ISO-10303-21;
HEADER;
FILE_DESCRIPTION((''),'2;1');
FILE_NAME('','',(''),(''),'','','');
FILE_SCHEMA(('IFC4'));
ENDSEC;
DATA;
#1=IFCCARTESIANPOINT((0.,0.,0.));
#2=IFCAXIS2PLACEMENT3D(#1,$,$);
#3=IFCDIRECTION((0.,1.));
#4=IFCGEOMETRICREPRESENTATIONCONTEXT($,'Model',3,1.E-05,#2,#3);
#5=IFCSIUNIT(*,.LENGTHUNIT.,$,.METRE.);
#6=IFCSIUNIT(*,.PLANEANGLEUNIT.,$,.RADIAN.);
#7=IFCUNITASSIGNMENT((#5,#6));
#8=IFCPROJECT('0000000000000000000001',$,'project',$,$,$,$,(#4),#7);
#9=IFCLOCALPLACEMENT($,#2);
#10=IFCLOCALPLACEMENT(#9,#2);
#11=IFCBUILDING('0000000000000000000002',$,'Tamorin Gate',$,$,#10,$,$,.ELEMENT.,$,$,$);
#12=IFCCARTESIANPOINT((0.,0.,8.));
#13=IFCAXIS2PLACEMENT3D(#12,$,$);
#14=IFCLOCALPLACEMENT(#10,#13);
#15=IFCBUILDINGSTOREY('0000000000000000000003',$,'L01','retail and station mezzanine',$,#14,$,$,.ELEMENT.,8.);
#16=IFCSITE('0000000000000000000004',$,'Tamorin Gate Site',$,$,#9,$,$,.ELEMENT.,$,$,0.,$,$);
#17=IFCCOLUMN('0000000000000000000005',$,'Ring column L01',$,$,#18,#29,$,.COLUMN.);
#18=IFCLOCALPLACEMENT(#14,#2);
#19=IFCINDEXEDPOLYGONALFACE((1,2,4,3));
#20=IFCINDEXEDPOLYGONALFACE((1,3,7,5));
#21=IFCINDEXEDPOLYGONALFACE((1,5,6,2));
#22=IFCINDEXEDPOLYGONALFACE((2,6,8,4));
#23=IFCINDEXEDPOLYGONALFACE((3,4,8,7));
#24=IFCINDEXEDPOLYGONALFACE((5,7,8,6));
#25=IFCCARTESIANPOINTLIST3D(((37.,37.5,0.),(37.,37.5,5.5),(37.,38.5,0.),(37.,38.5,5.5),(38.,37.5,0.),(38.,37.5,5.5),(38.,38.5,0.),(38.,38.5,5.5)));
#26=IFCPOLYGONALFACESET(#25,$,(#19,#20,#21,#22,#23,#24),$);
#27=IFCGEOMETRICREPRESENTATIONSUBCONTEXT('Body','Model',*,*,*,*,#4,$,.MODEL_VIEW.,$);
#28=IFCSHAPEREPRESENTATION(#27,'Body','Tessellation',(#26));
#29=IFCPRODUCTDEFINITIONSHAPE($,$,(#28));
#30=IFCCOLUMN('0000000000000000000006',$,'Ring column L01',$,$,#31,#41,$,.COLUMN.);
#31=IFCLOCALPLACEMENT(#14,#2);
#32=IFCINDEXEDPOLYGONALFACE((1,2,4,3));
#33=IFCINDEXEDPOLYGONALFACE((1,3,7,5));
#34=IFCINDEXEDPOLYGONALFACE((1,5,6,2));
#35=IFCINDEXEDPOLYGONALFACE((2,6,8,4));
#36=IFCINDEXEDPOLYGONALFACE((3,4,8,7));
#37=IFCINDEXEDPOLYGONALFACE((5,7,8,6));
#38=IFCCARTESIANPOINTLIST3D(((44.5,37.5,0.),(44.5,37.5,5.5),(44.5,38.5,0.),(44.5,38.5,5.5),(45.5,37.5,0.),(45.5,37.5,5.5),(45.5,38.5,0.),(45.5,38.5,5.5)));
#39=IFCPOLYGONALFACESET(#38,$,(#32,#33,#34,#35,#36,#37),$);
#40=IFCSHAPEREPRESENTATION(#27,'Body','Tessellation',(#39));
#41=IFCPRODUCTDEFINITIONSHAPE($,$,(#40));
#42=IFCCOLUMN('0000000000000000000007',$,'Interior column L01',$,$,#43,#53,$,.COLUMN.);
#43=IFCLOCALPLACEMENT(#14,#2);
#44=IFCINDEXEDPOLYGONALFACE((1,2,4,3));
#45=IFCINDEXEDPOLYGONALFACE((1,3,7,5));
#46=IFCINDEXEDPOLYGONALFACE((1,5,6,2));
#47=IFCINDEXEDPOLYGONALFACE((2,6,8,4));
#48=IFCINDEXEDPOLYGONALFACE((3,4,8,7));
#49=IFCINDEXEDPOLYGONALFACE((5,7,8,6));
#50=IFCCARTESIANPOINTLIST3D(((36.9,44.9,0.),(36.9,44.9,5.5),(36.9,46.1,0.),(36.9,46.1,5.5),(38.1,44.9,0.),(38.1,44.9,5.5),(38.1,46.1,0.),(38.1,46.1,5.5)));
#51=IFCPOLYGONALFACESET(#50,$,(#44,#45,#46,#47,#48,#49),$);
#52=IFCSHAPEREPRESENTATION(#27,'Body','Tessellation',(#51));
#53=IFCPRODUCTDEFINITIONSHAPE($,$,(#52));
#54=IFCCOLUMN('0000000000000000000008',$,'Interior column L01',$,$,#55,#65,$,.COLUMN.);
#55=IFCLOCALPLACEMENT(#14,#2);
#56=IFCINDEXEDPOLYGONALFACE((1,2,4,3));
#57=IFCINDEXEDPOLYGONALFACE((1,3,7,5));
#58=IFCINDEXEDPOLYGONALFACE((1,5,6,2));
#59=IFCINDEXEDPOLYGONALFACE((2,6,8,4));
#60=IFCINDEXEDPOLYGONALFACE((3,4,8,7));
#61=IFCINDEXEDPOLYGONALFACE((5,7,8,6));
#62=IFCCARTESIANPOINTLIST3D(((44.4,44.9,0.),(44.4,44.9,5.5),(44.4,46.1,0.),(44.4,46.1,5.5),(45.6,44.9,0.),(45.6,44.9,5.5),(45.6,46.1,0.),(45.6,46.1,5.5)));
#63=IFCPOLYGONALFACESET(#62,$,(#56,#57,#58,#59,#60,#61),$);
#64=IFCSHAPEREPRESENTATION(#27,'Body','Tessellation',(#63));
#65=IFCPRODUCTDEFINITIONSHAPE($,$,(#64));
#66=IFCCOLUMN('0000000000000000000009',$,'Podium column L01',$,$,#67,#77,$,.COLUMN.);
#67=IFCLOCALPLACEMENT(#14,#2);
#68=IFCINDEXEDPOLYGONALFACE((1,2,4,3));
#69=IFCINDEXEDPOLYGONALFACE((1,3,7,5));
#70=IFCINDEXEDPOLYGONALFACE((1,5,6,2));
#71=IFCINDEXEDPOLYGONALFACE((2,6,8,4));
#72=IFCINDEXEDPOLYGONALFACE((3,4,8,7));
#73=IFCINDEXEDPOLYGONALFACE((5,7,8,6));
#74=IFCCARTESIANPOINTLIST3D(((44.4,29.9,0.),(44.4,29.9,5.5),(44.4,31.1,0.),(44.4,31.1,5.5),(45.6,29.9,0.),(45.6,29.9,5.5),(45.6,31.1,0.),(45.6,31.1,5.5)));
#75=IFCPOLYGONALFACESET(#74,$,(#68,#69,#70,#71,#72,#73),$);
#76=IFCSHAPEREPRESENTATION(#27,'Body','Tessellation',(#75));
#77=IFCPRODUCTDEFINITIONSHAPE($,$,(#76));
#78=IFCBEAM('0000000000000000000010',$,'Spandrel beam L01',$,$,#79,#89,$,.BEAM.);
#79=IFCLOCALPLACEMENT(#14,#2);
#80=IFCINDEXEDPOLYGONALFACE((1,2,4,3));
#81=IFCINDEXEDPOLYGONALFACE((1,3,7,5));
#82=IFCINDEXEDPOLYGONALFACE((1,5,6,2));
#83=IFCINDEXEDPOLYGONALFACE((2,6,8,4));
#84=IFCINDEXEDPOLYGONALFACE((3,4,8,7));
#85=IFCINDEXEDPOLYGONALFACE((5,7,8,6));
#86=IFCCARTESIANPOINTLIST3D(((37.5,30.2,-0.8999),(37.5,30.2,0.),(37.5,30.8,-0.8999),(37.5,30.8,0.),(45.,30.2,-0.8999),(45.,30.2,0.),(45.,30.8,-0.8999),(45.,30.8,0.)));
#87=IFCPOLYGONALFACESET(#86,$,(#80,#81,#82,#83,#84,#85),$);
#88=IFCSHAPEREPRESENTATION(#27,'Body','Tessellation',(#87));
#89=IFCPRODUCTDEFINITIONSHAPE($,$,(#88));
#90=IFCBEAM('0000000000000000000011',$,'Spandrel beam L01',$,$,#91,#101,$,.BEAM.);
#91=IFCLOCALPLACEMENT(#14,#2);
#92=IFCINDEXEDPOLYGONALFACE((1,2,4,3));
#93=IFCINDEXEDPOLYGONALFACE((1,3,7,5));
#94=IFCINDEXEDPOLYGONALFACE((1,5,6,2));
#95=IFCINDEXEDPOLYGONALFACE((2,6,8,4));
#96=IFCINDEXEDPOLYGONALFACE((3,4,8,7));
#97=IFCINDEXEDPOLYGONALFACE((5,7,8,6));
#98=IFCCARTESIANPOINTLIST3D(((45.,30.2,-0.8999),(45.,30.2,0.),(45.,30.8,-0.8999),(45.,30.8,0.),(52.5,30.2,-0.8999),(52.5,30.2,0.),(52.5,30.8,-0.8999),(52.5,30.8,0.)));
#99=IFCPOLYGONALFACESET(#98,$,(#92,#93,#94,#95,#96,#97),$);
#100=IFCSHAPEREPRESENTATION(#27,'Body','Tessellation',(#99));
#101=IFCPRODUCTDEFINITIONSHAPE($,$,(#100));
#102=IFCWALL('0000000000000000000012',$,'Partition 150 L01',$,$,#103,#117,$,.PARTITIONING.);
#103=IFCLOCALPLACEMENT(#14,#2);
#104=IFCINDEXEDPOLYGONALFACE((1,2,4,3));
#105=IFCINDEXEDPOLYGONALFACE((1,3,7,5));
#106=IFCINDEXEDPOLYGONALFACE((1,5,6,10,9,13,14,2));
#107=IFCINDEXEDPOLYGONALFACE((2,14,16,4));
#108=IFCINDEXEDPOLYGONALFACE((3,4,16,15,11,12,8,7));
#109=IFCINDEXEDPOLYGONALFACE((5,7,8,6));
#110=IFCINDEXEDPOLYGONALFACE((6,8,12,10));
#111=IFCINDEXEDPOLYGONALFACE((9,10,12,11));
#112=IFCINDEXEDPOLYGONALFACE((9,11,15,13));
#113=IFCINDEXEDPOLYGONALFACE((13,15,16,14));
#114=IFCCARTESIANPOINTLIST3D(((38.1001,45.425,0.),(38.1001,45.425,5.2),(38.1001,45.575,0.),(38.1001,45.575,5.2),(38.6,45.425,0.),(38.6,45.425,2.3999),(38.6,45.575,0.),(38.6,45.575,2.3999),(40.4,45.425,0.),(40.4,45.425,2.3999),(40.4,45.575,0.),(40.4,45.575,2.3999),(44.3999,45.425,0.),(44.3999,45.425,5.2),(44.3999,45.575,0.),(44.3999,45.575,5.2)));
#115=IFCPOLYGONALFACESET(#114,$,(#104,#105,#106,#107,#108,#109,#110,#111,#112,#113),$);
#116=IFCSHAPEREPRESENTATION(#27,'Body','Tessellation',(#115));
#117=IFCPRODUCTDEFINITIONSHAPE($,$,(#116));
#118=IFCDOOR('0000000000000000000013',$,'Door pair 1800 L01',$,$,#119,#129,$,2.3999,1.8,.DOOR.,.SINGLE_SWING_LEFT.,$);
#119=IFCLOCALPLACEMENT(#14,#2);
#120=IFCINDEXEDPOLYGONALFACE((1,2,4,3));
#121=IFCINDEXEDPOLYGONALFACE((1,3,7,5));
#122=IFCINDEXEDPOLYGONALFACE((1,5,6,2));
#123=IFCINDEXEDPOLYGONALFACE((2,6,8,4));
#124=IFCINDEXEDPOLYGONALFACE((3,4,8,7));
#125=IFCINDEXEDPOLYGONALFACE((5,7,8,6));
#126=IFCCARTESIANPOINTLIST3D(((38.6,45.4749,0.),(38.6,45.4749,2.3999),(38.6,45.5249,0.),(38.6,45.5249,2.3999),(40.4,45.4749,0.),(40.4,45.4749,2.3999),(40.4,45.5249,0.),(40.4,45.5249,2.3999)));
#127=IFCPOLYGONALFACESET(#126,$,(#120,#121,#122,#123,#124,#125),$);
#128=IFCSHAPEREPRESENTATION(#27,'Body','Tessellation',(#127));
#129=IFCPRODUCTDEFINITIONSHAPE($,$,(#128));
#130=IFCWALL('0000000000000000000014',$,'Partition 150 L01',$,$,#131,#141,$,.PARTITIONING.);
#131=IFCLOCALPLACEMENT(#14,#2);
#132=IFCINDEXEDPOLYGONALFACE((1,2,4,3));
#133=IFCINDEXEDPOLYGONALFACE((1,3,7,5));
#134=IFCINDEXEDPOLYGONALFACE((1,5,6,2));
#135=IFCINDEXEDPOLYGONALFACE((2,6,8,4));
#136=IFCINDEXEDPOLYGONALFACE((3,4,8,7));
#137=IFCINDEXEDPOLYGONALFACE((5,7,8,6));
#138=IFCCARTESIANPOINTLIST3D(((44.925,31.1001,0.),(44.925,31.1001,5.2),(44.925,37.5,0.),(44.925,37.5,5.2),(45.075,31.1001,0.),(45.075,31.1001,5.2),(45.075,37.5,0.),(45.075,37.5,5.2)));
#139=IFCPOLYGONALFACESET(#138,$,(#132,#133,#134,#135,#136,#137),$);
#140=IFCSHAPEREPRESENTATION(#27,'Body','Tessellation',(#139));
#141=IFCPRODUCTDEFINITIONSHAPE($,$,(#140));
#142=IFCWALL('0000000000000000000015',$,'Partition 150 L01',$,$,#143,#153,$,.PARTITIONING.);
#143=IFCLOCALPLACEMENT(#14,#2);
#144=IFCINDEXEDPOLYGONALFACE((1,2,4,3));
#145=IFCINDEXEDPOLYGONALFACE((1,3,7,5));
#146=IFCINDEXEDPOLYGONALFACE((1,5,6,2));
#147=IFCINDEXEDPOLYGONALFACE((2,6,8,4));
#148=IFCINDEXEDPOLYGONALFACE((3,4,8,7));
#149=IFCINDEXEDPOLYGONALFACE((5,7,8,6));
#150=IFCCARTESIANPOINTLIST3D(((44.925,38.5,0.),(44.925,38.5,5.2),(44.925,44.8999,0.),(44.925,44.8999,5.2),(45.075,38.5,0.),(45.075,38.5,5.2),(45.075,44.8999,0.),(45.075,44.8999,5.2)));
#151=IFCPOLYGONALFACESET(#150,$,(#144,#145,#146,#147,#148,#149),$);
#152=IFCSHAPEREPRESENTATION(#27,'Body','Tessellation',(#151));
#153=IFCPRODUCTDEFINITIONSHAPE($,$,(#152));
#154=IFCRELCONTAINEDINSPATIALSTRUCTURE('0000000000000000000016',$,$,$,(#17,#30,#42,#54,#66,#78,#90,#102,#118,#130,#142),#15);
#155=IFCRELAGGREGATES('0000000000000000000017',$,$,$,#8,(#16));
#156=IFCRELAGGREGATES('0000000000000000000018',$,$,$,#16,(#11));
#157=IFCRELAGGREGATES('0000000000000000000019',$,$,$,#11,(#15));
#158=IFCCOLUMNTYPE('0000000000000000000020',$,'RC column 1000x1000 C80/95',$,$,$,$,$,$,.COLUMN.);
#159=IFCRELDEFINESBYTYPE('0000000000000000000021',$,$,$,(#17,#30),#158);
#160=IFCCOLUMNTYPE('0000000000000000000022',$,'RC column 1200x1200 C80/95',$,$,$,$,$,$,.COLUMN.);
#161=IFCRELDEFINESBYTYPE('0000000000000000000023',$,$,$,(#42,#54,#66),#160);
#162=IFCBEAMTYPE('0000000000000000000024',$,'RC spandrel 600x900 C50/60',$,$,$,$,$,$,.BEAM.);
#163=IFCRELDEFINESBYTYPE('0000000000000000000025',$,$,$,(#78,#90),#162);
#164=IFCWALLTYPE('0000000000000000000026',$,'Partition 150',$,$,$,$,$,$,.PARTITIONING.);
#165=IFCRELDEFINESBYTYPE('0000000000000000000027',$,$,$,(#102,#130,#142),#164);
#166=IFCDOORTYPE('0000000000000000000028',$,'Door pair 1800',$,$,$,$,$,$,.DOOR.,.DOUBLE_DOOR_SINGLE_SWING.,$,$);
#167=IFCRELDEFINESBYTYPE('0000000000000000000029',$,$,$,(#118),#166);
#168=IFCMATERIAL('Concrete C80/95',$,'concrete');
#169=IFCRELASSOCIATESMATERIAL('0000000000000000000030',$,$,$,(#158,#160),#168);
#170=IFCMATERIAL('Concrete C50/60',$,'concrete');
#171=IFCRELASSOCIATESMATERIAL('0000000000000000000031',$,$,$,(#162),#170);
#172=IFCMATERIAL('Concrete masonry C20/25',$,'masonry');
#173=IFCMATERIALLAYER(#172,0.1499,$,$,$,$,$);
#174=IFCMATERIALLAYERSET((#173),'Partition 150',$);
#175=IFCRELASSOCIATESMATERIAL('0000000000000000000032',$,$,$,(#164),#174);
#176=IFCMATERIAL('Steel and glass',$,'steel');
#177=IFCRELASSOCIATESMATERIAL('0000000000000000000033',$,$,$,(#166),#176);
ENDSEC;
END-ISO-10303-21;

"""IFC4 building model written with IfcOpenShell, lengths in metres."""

from ifc_helpers import new_model, si_unit, direction, frame, frame_2d, origin, origin_2d, place, context, subcontext, project, spatial, rectangle, extrude, material, layer, layer_set, material_profile, profile_set, type_object, element, fill, save


model = new_model("IFC4")

# Units and contexts
model_context = context("Model", 3, precision=1e-05, world=origin(), true_north=direction((0.0, 1.0)))
body_context = subcontext(model_context, "Body", "Model", "MODEL_VIEW")
ifc_project = project(units=[si_unit("LENGTHUNIT", "METRE"), si_unit("PLANEANGLEUNIT", "RADIAN")], contexts=[model_context])

# Site, building, storey
site_placement = place(None, origin())
site = spatial("IfcSite", under=ifc_project, at=site_placement, Name="Tamorin Gate Site", CompositionType="ELEMENT", RefElevation=0.0)
building_placement = place(site_placement, origin())
building = spatial("IfcBuilding", under=site, at=building_placement, Name="Tamorin Gate", CompositionType="ELEMENT")
storey_placement = place(building_placement, frame((0.0, 0.0, 8.0)))
storey = spatial("IfcBuildingStorey", under=building, at=storey_placement, Name="L01", Description="retail and station mezzanine", CompositionType="ELEMENT", Elevation=8.0)

# Columns
ifc_material_1 = material(Name="Concrete C80/95", Category="concrete")
ifc_material_profile_1 = material_profile(ifc_material_1, rectangle(XDim=1.0, YDim=1.0, at=origin_2d()), Name="RC 1000x1000")
ifc_profile_set_1 = profile_set([ifc_material_profile_1], Name="Concrete C80/95")
column_type_1 = type_object("IfcColumnType", Name="RC column 1000x1000 C80/95", PredefinedType="COLUMN", material=ifc_profile_set_1)
for number, where, z_axis, x_axis, name in (
    (1, (37.5, 38.0, 0.0), (0.0, 0.0, 1.0), (1.0, 0.0, 0.0), "Ring column L01"),
    (2, (45.0, 38.0, 0.0), (0.0, 0.0, 1.0), (1.0, 0.0, 0.0), "Ring column L01"),
):
    element("IfcColumn", number, at=place(storey_placement, frame(where, z_axis=z_axis, x_axis=x_axis)), inside=storey, type_object=column_type_1, Name=name, PredefinedType="COLUMN", context=body_context, shape_type="SweptSolid", body=[
        extrude(rectangle(XDim=1.0, YDim=1.0, at=origin_2d()), origin(), (0.0, 0.0, 1.0), 5.5),
    ])
ifc_material_profile_2 = material_profile(ifc_material_1, rectangle(XDim=1.2, YDim=1.2, at=origin_2d()), Name="RC 1200x1200")
ifc_profile_set_2 = profile_set([ifc_material_profile_2], Name="Concrete C80/95")
column_type_2 = type_object("IfcColumnType", Name="RC column 1200x1200 C80/95", PredefinedType="COLUMN", material=ifc_profile_set_2)
for number, where, z_axis, x_axis, name in (
    (3, (37.5, 45.5, 0.0), (0.0, 0.0, 1.0), (1.0, 0.0, 0.0), "Interior column L01"),
    (4, (45.0, 45.5, 0.0), (0.0, 0.0, 1.0), (1.0, 0.0, 0.0), "Interior column L01"),
    (5, (45.0, 30.5, 0.0), (0.0, 0.0, 1.0), (1.0, 0.0, 0.0), "Podium column L01"),
):
    element("IfcColumn", number, at=place(storey_placement, frame(where, z_axis=z_axis, x_axis=x_axis)), inside=storey, type_object=column_type_2, Name=name, PredefinedType="COLUMN", context=body_context, shape_type="SweptSolid", body=[
        extrude(rectangle(XDim=1.2, YDim=1.2, at=origin_2d()), origin(), (0.0, 0.0, 1.0), 5.5),
    ])

# Beams
ifc_material_2 = material(Name="Concrete C50/60", Category="concrete")
ifc_material_profile_3 = material_profile(ifc_material_2, rectangle(XDim=0.6001, YDim=0.8999, at=origin_2d()), Name="RC 600x900")
ifc_profile_set_3 = profile_set([ifc_material_profile_3], Name="Concrete C50/60")
beam_type = type_object("IfcBeamType", Name="RC spandrel 600x900 C50/60", PredefinedType="BEAM", material=ifc_profile_set_3)
for number, where, z_axis, x_axis, name in (
    (6, (37.5, 30.5, -0.45), (1.0, 0.0, 0.0), (0.0, 1.0, 0.0), "Spandrel beam L01"),
    (7, (45.0, 30.5, -0.45), (1.0, 0.0, 0.0), (0.0, 1.0, 0.0), "Spandrel beam L01"),
):
    element("IfcBeam", number, at=place(storey_placement, frame(where, z_axis=z_axis, x_axis=x_axis)), inside=storey, type_object=beam_type, Name=name, PredefinedType="BEAM", context=body_context, shape_type="SweptSolid", body=[
        extrude(rectangle(XDim=0.6001, YDim=0.8999, at=origin_2d()), origin(), (0.0, 0.0, 1.0), 7.5),
    ])

# Wall, opening, door
ifc_material_3 = material(Name="Concrete masonry C20/25", Category="masonry")
ifc_layer_1 = layer(ifc_material_3, 0.1499)
ifc_layer_set_1 = layer_set([ifc_layer_1], Name="Partition 150")
wall_type_1 = type_object("IfcWallType", Name="Partition 150", PredefinedType="PARTITIONING", material=ifc_layer_set_1)
wall_1_placement = place(storey_placement, frame((38.1001, 45.5, 0.0), z_axis=(0.0, 0.0, 1.0), x_axis=(1.0, 0.0, 0.0)))
wall_1 = element("IfcWall", 8, at=wall_1_placement, inside=storey, type_object=wall_type_1, Name="Partition 150 L01", PredefinedType="PARTITIONING", context=body_context, shape_type="SweptSolid", body=[
    extrude(rectangle(XDim=6.2998, YDim=0.1499, at=frame_2d((3.1499, 0.0))), origin(), (0.0, 0.0, 1.0), 5.2),
])
opening_1_placement = place(wall_1_placement, frame((0.5, 0.0, 0.0)))
opening_1 = element("IfcOpeningElement", 9, at=opening_1_placement, cuts=wall_1, PredefinedType="OPENING", context=body_context, shape_type="SweptSolid", body=[
    extrude(rectangle(XDim=1.8, YDim=2.3999, at=frame_2d((0.8999, 1.2))), frame((0.0, 0.085, 0.0), z_axis=(0.0, -1.0, 0.0), x_axis=(1.0, 0.0, 0.0)), (0.0, 0.0, 1.0), 0.1699),
])
ifc_material_4 = material(Name="Steel and glass", Category="steel")
door_type = type_object("IfcDoorType", Name="Door pair 1800", OperationType="DOUBLE_DOOR_SINGLE_SWING", PredefinedType="DOOR", material=ifc_material_4)
door_placement = place(opening_1_placement, origin())
door = element("IfcDoor", 10, at=door_placement, inside=storey, type_object=door_type, Name="Door pair 1800 L01", OperationType="SINGLE_SWING_LEFT", OverallHeight=2.3999, OverallWidth=1.8, PredefinedType="DOOR", context=body_context, shape_type="SweptSolid", body=[
    extrude(rectangle(XDim=1.8, YDim=2.3999, at=frame_2d((0.8999, 1.2))), frame((0.0, 0.0249, 0.0), z_axis=(0.0, -1.0, 0.0), x_axis=(1.0, 0.0, 0.0)), (0.0, 0.0, 1.0), 0.05),
])
fill(opening_1, door)

# Walls
for number, where, z_axis, x_axis, name in (
    (11, (45.0, 31.1001, 0.0), (0.0, 0.0, 1.0), (0.0, 1.0, 0.0), "Partition 150 L01"),
    (12, (45.0, 38.5, 0.0), (0.0, 0.0, 1.0), (0.0, 1.0, 0.0), "Partition 150 L01"),
):
    element("IfcWall", number, at=place(storey_placement, frame(where, z_axis=z_axis, x_axis=x_axis)), inside=storey, type_object=wall_type_1, Name=name, PredefinedType="PARTITIONING", context=body_context, shape_type="SweptSolid", body=[
        extrude(rectangle(XDim=6.3999, YDim=0.1499, at=frame_2d((3.2, 0.0))), origin(), (0.0, 0.0, 1.0), 5.2),
    ])

save(model, "model.ifc")
